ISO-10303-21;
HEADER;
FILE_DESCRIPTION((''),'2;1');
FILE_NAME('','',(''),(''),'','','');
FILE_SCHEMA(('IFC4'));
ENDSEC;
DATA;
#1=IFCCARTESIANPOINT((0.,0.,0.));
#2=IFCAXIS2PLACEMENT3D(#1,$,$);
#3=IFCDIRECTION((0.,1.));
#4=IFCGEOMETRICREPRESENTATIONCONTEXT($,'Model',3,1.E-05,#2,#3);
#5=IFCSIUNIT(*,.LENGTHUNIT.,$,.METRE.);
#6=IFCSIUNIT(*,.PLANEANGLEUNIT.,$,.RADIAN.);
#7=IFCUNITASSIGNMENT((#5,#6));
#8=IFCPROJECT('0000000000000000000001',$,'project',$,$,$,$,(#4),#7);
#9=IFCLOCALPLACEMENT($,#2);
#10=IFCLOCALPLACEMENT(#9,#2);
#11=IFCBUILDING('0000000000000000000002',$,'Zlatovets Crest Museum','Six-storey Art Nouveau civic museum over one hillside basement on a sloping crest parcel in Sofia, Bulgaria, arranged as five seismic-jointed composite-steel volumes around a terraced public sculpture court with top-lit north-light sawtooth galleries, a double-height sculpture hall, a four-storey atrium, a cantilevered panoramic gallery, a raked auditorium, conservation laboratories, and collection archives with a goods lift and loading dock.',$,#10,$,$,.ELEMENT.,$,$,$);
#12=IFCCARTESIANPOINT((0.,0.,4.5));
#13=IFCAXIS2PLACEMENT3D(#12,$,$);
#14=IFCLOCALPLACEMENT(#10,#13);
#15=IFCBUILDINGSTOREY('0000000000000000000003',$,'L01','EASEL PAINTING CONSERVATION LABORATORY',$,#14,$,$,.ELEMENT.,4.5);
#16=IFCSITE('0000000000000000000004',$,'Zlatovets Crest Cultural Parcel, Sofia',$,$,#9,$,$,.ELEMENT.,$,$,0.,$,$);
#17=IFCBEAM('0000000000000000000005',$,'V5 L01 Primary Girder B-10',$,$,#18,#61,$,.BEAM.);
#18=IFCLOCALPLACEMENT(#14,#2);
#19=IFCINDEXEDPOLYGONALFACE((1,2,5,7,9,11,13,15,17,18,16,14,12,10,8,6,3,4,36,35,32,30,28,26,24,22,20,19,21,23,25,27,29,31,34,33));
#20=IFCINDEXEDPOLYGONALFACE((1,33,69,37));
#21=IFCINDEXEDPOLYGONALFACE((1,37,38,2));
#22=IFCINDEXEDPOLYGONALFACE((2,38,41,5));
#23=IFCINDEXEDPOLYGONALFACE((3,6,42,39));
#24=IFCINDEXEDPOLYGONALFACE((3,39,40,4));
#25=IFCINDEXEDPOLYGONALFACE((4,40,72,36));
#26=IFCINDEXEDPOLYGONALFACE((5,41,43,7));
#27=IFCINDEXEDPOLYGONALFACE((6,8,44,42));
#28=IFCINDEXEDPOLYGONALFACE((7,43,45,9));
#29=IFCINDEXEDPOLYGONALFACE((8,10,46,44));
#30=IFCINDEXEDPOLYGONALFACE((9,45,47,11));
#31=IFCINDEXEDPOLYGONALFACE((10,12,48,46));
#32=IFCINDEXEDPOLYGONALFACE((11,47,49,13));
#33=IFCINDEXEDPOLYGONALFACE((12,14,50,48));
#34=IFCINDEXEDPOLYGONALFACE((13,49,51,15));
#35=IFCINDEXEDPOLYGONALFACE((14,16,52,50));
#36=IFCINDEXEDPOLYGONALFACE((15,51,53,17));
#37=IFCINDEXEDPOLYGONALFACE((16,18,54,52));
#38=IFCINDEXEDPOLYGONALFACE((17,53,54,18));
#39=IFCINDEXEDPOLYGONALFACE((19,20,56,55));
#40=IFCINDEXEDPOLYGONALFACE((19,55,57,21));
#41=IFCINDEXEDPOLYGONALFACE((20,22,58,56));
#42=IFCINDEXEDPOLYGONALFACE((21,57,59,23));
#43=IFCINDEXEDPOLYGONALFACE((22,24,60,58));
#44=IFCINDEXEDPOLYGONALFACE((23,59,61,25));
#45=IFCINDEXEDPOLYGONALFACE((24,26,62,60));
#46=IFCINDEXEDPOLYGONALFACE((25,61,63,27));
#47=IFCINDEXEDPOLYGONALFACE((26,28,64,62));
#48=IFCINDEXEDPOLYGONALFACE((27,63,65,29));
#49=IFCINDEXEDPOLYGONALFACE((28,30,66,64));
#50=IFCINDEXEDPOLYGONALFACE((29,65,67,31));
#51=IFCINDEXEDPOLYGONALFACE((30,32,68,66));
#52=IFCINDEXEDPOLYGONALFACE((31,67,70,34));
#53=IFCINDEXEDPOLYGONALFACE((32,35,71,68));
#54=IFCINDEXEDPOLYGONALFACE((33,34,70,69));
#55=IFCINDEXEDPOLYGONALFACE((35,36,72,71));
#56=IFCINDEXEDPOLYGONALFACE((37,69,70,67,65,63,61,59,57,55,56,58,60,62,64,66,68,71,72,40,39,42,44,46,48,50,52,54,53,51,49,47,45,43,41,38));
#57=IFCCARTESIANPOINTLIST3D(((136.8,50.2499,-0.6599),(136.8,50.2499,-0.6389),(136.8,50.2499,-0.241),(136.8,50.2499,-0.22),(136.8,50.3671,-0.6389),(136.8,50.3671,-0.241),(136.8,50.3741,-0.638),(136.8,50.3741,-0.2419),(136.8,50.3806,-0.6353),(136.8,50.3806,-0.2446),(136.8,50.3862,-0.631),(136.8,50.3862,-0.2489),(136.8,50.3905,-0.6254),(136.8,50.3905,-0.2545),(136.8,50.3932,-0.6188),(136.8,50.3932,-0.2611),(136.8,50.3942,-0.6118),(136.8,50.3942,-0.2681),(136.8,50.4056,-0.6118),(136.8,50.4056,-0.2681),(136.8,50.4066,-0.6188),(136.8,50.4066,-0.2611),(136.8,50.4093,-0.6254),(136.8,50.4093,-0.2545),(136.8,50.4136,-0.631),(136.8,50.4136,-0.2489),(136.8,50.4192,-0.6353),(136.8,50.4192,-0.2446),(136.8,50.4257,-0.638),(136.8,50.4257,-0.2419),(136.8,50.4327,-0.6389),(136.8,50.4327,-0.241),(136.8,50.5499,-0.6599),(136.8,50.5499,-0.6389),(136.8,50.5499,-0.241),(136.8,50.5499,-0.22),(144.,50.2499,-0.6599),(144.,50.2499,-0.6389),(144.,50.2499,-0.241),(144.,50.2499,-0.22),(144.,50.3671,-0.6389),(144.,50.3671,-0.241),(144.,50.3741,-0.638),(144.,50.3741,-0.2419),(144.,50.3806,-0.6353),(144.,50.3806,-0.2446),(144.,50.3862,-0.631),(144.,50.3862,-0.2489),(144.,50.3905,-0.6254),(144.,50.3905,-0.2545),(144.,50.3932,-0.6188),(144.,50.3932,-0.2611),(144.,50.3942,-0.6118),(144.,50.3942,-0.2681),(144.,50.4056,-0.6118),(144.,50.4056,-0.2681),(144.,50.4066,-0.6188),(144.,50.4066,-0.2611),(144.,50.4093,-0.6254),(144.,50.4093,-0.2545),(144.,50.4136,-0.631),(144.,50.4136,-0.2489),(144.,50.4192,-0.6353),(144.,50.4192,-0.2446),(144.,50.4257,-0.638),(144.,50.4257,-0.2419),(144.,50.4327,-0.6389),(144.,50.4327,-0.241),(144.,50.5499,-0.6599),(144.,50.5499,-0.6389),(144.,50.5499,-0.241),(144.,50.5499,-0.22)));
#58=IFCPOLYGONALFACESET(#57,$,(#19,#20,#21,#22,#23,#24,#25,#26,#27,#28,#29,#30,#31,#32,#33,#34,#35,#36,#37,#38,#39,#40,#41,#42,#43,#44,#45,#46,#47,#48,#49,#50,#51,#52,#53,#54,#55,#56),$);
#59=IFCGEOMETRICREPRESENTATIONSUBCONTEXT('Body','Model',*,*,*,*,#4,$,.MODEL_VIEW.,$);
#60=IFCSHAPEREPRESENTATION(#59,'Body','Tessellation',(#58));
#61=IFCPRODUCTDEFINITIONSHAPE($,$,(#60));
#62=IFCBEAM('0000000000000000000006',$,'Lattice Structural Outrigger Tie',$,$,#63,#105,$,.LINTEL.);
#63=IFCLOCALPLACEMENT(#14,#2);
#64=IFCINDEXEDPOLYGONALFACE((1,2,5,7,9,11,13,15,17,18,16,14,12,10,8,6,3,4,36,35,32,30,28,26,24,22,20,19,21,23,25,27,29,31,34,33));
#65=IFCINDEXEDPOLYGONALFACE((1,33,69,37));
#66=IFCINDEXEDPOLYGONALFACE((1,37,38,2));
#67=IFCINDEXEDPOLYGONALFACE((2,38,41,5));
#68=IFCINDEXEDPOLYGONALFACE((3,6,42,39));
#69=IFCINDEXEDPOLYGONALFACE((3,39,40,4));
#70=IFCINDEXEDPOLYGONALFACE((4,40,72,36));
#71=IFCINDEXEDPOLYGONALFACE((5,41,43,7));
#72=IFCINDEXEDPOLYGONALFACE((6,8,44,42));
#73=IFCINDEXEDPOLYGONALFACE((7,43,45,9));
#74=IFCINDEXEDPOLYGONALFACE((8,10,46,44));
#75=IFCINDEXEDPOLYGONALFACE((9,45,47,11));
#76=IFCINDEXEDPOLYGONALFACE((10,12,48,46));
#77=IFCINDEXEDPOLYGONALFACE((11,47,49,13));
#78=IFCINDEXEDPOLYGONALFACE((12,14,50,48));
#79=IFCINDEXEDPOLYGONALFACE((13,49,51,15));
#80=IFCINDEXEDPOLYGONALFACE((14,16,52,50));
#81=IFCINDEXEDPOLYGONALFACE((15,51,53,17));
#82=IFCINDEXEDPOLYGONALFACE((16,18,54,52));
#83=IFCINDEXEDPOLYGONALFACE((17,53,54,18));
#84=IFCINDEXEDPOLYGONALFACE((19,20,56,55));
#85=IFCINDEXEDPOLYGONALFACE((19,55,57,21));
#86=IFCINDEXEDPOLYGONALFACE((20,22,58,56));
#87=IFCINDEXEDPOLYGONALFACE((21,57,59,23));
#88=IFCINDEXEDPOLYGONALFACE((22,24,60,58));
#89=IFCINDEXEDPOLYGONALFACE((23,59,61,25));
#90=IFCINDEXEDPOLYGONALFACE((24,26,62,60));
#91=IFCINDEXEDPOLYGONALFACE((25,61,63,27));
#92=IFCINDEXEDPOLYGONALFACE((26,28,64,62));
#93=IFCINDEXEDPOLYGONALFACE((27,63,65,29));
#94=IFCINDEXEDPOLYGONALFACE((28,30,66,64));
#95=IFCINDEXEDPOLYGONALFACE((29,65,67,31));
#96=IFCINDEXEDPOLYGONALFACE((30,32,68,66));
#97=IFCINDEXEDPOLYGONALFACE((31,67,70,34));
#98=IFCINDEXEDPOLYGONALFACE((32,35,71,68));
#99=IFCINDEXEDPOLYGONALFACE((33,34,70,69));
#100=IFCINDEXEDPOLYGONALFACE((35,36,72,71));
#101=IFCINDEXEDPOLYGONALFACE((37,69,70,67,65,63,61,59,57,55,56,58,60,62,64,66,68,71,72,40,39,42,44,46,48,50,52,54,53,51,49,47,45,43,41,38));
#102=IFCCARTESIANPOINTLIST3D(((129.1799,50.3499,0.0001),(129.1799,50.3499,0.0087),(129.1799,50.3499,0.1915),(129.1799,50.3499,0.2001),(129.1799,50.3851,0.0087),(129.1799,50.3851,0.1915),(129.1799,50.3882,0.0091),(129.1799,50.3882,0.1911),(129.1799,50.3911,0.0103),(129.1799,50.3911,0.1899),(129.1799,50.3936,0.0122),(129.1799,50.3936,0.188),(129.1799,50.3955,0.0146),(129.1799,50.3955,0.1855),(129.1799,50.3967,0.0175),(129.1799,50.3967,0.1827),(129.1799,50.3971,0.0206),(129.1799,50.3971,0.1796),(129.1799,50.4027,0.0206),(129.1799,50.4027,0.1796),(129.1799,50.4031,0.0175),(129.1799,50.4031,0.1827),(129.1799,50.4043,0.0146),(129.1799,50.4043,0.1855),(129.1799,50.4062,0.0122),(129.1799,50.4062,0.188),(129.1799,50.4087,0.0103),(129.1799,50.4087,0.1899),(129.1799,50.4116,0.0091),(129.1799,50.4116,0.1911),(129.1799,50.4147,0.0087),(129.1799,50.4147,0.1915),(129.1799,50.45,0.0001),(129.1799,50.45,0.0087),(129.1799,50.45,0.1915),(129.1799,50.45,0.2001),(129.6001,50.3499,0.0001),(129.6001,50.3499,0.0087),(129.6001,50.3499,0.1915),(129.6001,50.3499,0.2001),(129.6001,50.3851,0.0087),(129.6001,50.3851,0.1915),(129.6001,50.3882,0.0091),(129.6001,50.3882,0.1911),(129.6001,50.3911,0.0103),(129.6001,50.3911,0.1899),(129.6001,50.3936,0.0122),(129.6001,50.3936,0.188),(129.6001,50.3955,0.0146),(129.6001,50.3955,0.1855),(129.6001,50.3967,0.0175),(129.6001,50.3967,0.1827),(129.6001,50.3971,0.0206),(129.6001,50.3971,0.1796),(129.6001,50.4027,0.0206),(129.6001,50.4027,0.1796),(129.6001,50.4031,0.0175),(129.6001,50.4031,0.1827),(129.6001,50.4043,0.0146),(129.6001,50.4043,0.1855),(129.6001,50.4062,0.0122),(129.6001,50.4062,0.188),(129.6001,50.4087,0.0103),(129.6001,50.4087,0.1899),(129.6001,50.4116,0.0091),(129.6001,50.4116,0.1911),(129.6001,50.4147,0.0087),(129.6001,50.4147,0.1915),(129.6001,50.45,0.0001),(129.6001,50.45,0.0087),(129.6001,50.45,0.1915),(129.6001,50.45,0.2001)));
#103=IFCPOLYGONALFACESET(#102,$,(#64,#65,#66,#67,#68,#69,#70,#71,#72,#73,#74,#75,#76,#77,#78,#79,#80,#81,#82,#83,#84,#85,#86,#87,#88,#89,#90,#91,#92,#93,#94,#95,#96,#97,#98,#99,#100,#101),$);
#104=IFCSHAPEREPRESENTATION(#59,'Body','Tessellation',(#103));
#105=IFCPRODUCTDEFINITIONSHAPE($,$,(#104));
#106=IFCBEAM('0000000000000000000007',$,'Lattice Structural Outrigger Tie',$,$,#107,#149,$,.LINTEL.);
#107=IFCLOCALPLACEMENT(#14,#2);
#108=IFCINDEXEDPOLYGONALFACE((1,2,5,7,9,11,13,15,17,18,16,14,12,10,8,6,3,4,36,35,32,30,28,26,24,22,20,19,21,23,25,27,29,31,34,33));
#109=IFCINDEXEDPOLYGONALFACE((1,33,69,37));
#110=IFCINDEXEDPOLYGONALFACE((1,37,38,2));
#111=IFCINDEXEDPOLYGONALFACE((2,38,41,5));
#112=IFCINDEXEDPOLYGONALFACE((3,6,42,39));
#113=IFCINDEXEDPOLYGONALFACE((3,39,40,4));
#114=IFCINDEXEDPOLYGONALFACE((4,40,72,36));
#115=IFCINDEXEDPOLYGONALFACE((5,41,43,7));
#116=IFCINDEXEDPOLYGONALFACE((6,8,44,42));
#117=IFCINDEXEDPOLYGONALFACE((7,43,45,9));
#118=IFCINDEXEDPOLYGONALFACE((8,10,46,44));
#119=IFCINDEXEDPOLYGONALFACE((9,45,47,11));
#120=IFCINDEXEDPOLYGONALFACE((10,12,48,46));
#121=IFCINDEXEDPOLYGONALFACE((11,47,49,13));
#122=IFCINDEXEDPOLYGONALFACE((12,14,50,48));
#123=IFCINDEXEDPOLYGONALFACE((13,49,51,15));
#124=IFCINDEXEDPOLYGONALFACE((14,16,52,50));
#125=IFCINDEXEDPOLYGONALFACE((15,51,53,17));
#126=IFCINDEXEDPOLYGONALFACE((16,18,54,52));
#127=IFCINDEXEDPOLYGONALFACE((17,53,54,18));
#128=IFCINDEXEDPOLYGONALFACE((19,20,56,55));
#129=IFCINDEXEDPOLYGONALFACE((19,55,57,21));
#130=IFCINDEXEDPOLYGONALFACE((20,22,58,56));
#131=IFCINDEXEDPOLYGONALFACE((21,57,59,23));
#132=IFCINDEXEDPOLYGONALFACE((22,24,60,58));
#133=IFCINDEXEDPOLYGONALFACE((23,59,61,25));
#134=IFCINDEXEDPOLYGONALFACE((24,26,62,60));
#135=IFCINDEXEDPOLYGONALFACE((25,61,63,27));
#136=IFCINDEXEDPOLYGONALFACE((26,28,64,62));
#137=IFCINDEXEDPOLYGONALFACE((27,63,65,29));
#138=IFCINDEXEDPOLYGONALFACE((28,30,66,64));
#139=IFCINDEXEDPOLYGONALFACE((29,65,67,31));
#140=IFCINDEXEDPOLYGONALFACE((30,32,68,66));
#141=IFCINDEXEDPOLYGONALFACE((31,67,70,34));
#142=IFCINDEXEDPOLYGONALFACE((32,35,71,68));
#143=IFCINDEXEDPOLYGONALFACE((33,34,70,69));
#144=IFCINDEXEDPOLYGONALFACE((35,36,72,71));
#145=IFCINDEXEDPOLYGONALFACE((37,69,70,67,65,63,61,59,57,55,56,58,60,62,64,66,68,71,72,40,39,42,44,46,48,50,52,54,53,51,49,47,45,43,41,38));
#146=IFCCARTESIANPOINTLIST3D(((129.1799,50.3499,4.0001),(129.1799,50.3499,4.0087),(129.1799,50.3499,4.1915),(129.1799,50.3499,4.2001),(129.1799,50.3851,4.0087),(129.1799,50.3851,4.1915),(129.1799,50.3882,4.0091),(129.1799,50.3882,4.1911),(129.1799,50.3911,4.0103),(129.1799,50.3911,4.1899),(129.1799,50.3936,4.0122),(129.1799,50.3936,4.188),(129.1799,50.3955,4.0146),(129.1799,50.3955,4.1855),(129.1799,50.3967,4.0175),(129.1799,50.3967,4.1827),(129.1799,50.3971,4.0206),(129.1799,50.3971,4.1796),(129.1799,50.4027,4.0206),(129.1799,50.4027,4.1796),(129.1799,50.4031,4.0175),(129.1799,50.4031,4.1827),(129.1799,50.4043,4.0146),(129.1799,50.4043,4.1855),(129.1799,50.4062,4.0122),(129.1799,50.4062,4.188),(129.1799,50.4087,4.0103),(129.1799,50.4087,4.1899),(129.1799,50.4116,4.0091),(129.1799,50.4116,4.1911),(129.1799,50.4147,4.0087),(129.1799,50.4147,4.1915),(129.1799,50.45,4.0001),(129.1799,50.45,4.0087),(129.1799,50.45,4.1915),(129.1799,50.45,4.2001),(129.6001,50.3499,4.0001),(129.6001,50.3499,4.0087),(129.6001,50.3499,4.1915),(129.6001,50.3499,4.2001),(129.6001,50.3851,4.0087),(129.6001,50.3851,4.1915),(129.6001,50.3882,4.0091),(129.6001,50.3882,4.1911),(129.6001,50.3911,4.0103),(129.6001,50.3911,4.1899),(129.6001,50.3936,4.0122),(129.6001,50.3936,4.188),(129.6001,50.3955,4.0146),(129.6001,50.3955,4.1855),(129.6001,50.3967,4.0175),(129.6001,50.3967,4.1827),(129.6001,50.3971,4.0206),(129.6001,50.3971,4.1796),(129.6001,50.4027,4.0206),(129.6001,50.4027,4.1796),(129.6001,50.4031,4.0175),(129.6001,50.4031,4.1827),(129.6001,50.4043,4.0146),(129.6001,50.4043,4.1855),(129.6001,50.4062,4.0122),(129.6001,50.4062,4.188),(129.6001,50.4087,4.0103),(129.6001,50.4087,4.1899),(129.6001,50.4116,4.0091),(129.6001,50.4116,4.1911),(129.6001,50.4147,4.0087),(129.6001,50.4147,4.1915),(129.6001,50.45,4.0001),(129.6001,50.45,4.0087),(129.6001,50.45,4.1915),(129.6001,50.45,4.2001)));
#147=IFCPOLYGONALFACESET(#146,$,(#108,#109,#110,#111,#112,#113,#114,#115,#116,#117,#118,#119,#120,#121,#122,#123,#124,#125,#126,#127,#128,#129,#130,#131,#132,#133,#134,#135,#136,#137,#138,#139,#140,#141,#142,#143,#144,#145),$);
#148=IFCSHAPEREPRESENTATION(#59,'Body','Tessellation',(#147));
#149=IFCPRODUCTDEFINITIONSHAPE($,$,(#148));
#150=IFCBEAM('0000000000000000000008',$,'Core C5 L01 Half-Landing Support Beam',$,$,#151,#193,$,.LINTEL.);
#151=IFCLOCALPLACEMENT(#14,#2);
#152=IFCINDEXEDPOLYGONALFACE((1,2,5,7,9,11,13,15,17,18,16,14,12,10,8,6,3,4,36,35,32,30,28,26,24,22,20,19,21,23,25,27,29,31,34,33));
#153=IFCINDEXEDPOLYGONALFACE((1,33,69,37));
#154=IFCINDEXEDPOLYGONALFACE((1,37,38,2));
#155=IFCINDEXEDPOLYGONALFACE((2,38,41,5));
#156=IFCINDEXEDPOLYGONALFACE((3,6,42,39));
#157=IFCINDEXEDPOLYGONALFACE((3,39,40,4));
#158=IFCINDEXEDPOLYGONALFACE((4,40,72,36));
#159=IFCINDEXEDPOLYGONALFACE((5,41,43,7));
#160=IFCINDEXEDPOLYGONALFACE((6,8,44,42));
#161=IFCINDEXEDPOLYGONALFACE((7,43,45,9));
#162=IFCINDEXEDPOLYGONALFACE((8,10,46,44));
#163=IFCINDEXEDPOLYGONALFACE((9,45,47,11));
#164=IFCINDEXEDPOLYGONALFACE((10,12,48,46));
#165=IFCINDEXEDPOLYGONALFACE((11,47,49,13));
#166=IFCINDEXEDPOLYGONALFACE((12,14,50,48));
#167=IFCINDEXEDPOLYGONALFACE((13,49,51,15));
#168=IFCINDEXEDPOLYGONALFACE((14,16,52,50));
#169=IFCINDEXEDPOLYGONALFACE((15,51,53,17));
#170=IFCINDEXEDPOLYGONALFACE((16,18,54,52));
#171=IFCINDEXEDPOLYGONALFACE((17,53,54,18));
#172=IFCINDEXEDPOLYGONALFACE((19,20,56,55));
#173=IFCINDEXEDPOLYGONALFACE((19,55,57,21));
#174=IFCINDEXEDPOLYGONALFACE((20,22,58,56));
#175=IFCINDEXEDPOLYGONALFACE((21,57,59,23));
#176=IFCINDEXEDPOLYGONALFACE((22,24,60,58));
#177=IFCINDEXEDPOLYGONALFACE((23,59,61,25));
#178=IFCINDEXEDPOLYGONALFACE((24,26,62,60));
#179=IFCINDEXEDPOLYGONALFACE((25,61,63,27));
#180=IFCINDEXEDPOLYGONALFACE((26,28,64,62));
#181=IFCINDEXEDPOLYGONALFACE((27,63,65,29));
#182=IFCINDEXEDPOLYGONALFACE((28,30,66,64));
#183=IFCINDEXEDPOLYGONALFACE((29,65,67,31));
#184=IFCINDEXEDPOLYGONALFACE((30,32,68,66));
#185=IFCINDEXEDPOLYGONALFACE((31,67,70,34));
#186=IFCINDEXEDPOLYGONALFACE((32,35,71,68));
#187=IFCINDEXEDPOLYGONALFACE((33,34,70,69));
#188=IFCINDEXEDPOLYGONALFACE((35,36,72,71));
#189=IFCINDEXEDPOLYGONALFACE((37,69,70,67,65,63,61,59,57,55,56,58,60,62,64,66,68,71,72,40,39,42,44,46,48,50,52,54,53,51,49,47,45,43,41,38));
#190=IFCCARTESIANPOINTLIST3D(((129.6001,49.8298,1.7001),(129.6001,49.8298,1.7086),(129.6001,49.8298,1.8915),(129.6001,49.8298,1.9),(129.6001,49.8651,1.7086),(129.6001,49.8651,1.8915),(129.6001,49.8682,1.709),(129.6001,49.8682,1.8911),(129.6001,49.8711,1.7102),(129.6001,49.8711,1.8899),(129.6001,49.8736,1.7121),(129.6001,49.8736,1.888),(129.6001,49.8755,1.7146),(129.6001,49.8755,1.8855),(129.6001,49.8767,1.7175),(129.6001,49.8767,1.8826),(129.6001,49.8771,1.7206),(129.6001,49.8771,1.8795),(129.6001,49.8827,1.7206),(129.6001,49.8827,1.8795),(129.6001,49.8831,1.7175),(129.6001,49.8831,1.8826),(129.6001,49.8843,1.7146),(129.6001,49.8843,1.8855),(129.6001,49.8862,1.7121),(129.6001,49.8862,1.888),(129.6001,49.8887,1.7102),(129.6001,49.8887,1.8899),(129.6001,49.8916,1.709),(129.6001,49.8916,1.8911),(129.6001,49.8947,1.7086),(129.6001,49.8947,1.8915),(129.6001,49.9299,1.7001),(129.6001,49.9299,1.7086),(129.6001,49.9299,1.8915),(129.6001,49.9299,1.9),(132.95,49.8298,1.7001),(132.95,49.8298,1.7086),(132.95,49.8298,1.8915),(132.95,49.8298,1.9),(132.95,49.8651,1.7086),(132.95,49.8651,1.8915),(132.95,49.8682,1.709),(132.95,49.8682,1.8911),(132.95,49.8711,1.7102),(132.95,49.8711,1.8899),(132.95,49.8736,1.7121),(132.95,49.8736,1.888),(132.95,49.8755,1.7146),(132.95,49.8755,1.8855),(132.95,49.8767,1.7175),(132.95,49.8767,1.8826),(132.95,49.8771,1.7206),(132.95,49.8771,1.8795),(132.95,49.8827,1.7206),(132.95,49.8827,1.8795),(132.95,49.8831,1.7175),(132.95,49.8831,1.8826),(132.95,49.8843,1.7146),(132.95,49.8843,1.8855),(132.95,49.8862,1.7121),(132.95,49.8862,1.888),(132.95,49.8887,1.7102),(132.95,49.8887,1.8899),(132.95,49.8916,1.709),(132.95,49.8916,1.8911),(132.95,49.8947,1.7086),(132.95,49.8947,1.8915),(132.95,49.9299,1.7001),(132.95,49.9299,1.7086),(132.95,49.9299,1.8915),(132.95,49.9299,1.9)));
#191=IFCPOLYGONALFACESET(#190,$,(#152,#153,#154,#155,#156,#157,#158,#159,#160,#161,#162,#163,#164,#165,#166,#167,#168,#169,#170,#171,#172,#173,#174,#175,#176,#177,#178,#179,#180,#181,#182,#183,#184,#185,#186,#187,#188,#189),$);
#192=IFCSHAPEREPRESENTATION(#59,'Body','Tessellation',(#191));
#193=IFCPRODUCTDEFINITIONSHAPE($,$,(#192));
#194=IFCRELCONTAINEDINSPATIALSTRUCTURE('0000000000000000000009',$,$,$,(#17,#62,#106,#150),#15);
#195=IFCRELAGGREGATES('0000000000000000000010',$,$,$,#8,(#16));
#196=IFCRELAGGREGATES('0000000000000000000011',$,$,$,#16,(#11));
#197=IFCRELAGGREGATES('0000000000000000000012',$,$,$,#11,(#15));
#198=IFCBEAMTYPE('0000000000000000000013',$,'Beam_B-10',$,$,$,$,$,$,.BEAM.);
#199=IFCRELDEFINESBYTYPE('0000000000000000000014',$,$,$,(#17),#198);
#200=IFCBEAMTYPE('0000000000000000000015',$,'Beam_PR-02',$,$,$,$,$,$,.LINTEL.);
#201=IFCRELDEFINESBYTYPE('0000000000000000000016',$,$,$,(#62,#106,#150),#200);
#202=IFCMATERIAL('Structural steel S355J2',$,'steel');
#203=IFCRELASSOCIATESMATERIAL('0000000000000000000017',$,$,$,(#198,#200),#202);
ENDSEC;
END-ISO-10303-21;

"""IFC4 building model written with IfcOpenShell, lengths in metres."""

from ifc_helpers import new_model, si_unit, direction, frame, origin, origin_2d, place, context, subcontext, project, spatial, i_section, extrude, material, material_profile, profile_set, type_object, element, save


model = new_model("IFC4")

# Units and contexts
model_context = context("Model", 3, precision=1e-05, world=origin(), true_north=direction((0.0, 1.0)))
body_context = subcontext(model_context, "Body", "Model", "MODEL_VIEW")
ifc_project = project(units=[si_unit("LENGTHUNIT", "METRE"), si_unit("PLANEANGLEUNIT", "RADIAN")], contexts=[model_context])

# Site, building, storey
site_placement = place(None, origin())
site = spatial("IfcSite", under=ifc_project, at=site_placement, Name="Zlatovets Crest Cultural Parcel, Sofia", CompositionType="ELEMENT", RefElevation=0.0)
building_placement = place(site_placement, origin())
building = spatial("IfcBuilding", under=site, at=building_placement, Name="Zlatovets Crest Museum", Description="Six-storey Art Nouveau civic museum over one hillside basement on a sloping crest parcel in Sofia, Bulgaria, arranged as five seismic-jointed composite-steel volumes around a terraced public sculpture court with top-lit north-light sawtooth galleries, a double-height sculpture hall, a four-storey atrium, a cantilevered panoramic gallery, a raked auditorium, conservation laboratories, and collection archives with a goods lift and loading dock.", CompositionType="ELEMENT")
storey_placement = place(building_placement, frame((0.0, 0.0, 4.5)))
storey = spatial("IfcBuildingStorey", under=building, at=storey_placement, Name="L01", Description="EASEL PAINTING CONSERVATION LABORATORY", CompositionType="ELEMENT", Elevation=4.5)

# Shared definitions
ifc_material_1 = material(Name="Structural steel S355J2", Category="steel")

# Beams
ifc_material_profile_1 = material_profile(ifc_material_1, i_section(OverallWidth=0.3, OverallDepth=0.4399, WebThickness=0.0115, FlangeThickness=0.021, FilletRadius=0.0271, at=origin_2d()), Name="HEA 450")
ifc_profile_set_1 = profile_set([ifc_material_profile_1], Name="Structural steel S355J2")
beam_type_1 = type_object("IfcBeamType", Name="Beam_B-10", PredefinedType="BEAM", material=ifc_profile_set_1)
for number, where, z_axis, x_axis, name in (
    (1, (136.8, 50.3999, -0.4399), (1.0, 0.0, 0.0), (0.0, 1.0, 0.0), "V5 L01 Primary Girder B-10"),
):
    element("IfcBeam", number, at=place(storey_placement, frame(where, z_axis=z_axis, x_axis=x_axis)), inside=storey, type_object=beam_type_1, Name=name, PredefinedType="BEAM", context=body_context, shape_type="SweptSolid", body=[
        extrude(i_section(OverallWidth=0.3, OverallDepth=0.4399, WebThickness=0.0115, FlangeThickness=0.021, FilletRadius=0.0271, at=origin_2d()), origin(), (0.0, 0.0, 1.0), 7.2),
    ])
ifc_material_profile_2 = material_profile(ifc_material_1, i_section(OverallWidth=0.1001, OverallDepth=0.2, WebThickness=0.0056, FlangeThickness=0.0085, FilletRadius=0.012, at=origin_2d()), Name="IPE 200")
ifc_profile_set_2 = profile_set([ifc_material_profile_2], Name="Structural steel S355J2")
beam_type_2 = type_object("IfcBeamType", Name="Beam_PR-02", PredefinedType="LINTEL", material=ifc_profile_set_2)
for number, where, z_axis, x_axis, name in (
    (2, (129.6001, 50.3999, 0.1001), (-1.0, 0.0, 0.0), (0.0, -1.0, 0.0), "Lattice Structural Outrigger Tie"),
    (3, (129.6001, 50.3999, 4.1001), (-1.0, 0.0, 0.0), (0.0, -1.0, 0.0), "Lattice Structural Outrigger Tie"),
):
    element("IfcBeam", number, at=place(storey_placement, frame(where, z_axis=z_axis, x_axis=x_axis)), inside=storey, type_object=beam_type_2, Name=name, PredefinedType="LINTEL", context=body_context, shape_type="SweptSolid", body=[
        extrude(i_section(OverallWidth=0.1001, OverallDepth=0.2, WebThickness=0.0056, FlangeThickness=0.0085, FilletRadius=0.012, at=origin_2d()), origin(), (0.0, 0.0, 1.0), 0.4202),
    ])
beam_placement = place(storey_placement, frame((129.6001, 49.8799, 1.8), z_axis=(1.0, 0.0, 0.0), x_axis=(0.0, 1.0, 0.0)))
element("IfcBeam", 4, at=beam_placement, inside=storey, type_object=beam_type_2, Name="Core C5 L01 Half-Landing Support Beam", PredefinedType="LINTEL", context=body_context, shape_type="SweptSolid", body=[
    extrude(i_section(OverallWidth=0.1001, OverallDepth=0.2, WebThickness=0.0056, FlangeThickness=0.0085, FilletRadius=0.012, at=origin_2d()), origin(), (0.0, 0.0, 1.0), 3.3499),
])

save(model, "model.ifc")
